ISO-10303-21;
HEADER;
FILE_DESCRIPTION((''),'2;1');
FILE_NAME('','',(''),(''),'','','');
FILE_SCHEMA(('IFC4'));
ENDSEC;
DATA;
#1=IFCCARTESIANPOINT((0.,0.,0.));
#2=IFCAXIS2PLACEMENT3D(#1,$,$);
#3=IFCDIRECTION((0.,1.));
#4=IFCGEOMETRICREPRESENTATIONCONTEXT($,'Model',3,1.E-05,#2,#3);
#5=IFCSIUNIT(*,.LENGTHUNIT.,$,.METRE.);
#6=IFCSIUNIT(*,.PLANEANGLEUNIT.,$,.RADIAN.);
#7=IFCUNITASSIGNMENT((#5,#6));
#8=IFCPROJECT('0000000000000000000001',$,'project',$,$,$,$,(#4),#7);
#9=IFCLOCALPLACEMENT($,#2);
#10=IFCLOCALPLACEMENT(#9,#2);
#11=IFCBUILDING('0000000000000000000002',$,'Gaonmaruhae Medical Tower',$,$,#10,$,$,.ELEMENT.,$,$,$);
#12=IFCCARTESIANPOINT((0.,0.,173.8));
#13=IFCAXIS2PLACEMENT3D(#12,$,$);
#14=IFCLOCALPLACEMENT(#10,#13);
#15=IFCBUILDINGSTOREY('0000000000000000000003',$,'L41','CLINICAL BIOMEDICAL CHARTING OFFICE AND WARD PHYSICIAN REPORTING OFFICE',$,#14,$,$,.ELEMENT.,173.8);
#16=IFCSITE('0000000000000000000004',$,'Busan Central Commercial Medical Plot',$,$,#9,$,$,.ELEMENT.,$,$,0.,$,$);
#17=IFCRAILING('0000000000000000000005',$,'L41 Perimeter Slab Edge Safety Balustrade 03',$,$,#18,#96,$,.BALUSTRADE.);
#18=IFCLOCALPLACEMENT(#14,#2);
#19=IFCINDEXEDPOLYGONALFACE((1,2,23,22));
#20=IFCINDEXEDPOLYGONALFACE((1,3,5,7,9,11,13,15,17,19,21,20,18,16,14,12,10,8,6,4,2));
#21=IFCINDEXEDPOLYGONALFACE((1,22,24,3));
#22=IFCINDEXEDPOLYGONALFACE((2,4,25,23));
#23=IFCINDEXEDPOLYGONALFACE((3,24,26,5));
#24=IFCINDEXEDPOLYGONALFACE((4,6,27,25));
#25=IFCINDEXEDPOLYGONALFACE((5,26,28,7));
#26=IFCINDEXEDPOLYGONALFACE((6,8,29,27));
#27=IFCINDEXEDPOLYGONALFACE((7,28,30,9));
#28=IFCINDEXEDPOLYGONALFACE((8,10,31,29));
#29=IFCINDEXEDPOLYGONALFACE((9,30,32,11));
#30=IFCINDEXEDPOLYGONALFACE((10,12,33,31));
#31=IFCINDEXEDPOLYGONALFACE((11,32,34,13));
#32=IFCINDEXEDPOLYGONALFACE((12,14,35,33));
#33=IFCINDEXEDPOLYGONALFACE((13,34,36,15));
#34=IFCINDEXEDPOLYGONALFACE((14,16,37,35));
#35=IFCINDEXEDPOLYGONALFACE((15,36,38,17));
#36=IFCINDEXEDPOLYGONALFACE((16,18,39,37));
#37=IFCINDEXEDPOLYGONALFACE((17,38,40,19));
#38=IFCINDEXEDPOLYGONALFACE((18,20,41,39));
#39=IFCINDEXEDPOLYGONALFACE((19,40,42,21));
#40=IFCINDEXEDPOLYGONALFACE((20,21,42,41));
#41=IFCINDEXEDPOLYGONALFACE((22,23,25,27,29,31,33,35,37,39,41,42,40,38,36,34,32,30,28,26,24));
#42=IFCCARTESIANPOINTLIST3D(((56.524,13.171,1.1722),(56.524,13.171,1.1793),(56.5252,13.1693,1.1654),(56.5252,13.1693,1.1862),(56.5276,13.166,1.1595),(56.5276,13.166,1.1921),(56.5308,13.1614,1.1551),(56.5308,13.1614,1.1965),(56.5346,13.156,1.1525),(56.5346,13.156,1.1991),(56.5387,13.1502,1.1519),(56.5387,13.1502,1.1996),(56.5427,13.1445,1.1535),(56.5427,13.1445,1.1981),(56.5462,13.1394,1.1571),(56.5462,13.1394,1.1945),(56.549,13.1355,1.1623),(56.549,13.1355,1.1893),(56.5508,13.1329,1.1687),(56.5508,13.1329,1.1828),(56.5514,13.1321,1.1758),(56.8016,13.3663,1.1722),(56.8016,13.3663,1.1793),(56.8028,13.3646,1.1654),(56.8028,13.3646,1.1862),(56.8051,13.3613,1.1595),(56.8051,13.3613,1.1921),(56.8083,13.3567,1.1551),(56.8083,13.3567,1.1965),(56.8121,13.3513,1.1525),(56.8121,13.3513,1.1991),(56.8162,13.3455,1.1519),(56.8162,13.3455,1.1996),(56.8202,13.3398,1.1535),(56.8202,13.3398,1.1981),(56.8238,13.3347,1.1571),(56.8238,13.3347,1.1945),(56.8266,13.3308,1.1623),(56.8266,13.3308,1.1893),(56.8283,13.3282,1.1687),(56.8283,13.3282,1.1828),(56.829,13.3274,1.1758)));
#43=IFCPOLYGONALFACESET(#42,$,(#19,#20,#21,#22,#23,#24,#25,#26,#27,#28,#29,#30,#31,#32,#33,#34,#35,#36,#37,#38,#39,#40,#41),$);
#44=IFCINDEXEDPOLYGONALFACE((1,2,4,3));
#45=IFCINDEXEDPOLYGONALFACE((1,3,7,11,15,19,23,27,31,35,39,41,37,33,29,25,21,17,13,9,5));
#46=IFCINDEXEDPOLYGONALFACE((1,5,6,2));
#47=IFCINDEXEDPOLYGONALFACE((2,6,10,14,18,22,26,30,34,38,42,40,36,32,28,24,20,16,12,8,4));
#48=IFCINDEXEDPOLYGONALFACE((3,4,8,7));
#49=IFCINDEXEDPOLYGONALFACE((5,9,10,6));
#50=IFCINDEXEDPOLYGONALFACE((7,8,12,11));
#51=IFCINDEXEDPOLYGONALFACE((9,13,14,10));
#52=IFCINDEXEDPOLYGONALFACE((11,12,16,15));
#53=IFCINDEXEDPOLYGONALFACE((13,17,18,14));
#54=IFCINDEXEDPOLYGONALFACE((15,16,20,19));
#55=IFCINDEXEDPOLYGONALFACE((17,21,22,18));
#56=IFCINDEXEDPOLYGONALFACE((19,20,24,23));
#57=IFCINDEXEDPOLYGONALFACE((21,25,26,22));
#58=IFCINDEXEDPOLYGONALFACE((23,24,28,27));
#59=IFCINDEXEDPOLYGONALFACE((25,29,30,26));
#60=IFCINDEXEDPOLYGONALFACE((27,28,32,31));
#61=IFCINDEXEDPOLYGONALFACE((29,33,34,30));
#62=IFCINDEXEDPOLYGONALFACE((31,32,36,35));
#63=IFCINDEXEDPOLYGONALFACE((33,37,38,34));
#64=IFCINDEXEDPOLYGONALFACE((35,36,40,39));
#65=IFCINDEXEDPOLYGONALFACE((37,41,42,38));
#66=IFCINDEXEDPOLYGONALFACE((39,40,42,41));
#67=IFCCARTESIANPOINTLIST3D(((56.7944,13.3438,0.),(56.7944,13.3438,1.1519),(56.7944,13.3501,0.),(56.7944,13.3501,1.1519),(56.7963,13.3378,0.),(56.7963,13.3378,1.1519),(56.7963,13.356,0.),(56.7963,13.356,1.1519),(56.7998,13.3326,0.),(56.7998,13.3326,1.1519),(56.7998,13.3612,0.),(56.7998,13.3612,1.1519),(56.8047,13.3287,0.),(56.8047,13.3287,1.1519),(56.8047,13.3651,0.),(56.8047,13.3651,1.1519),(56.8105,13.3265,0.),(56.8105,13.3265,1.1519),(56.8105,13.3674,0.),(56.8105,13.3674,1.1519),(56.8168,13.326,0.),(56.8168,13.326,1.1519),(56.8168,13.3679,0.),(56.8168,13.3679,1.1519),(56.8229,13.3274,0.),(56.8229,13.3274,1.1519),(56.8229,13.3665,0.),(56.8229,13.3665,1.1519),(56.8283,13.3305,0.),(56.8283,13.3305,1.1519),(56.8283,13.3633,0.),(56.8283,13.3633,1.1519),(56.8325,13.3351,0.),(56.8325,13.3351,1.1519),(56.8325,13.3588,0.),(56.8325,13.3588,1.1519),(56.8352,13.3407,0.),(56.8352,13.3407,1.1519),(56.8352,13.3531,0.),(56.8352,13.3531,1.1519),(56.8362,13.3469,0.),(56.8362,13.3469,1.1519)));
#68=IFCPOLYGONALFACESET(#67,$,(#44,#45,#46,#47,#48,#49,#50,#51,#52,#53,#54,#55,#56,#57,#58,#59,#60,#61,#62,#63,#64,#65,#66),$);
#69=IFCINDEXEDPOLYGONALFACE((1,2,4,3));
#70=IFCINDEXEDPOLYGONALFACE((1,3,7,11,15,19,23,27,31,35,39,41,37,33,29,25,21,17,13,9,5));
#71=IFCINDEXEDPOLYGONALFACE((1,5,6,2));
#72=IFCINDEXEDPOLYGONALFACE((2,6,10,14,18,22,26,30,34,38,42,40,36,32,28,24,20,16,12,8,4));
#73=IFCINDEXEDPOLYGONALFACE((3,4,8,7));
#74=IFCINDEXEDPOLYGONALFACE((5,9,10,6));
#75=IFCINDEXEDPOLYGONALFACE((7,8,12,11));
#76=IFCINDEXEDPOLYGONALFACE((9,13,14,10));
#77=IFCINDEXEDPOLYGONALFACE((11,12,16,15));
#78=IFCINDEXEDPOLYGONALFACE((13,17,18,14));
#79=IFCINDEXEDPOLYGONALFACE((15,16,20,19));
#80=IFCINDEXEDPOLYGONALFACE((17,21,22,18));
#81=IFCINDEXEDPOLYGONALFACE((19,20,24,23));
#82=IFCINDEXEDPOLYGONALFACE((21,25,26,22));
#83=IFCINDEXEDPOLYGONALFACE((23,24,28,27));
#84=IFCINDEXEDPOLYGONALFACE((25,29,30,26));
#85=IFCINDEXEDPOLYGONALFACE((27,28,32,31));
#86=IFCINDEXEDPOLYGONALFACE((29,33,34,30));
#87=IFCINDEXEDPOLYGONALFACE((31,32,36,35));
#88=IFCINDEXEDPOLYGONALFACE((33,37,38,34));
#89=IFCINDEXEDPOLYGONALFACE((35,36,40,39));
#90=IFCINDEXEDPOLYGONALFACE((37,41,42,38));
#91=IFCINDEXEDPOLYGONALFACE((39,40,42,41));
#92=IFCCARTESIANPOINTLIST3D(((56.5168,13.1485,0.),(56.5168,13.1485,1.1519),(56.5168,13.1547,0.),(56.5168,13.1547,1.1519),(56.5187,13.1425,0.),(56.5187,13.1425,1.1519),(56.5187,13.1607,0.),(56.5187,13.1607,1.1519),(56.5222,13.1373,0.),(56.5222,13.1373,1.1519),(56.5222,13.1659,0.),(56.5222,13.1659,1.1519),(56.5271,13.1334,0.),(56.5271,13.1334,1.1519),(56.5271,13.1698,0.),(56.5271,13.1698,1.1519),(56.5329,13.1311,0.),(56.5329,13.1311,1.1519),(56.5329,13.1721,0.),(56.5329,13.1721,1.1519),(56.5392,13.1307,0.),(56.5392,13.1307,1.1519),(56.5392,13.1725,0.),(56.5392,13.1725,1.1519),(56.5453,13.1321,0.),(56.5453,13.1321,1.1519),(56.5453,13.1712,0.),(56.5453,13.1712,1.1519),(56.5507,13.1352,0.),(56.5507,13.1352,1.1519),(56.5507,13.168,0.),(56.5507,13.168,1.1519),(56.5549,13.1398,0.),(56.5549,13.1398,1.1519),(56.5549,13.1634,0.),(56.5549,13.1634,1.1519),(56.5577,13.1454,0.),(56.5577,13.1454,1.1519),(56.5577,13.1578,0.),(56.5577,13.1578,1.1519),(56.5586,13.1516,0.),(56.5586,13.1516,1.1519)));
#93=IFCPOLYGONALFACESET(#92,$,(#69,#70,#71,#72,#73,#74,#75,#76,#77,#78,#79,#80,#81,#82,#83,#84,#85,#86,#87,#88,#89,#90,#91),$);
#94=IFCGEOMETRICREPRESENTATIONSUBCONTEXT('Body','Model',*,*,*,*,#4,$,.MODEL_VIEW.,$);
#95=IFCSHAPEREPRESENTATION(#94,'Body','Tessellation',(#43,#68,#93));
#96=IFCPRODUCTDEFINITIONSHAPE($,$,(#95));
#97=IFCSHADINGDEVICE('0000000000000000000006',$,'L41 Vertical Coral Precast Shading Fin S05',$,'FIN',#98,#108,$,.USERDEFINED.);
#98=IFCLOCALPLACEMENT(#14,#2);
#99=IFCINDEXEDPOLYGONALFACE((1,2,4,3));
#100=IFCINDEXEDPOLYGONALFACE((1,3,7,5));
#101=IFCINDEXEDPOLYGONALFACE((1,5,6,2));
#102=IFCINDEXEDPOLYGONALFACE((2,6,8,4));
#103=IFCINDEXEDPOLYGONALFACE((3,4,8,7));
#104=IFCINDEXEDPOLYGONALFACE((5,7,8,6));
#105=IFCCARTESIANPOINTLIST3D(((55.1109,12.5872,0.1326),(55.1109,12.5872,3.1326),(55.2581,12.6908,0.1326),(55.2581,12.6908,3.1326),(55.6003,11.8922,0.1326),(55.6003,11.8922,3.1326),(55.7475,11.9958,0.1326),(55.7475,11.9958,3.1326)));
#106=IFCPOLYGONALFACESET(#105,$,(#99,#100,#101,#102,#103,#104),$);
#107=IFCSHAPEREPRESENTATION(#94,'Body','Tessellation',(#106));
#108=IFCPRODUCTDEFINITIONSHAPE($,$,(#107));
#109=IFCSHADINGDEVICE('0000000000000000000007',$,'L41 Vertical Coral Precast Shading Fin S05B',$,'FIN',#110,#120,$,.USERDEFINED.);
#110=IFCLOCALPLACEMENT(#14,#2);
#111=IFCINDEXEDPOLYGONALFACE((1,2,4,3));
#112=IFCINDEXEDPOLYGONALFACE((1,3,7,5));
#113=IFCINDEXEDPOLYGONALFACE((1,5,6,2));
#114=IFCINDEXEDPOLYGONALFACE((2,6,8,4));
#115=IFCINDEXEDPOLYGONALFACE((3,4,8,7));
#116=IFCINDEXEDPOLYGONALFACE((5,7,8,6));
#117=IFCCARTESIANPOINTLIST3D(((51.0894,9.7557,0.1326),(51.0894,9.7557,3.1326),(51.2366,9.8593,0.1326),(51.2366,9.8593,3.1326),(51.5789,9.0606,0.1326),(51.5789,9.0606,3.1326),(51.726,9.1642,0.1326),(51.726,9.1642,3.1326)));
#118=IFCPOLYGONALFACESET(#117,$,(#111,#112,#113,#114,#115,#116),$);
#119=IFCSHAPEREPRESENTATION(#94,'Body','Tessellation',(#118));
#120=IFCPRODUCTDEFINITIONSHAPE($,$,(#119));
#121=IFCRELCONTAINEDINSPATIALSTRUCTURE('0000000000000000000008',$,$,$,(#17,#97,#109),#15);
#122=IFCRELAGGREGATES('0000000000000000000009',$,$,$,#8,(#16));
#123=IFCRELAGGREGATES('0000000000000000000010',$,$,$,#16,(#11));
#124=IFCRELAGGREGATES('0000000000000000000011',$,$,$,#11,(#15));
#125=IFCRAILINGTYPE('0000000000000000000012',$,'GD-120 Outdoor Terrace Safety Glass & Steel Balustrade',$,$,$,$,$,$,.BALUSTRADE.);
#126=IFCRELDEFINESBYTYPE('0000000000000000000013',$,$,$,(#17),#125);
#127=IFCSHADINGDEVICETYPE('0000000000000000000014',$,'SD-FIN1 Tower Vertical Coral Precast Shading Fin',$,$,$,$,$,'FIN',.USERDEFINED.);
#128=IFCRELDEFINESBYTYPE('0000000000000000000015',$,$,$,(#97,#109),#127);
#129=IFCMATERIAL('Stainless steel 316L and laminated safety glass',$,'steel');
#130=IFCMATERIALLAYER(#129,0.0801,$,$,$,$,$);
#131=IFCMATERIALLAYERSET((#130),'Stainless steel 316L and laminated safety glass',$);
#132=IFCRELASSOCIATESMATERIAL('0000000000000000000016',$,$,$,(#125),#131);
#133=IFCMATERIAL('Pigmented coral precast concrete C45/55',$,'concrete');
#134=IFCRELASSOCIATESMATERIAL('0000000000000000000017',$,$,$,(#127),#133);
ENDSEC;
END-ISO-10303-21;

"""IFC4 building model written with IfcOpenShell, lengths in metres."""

from ifc_helpers import new_model, si_unit, direction, frame, origin, origin_2d, place, context, subcontext, project, spatial, rectangle, circle, extrude, material, layer, layer_set, type_object, element, save


model = new_model("IFC4")

# Units and contexts
model_context = context("Model", 3, precision=1e-05, world=origin(), true_north=direction((0.0, 1.0)))
body_context = subcontext(model_context, "Body", "Model", "MODEL_VIEW")
ifc_project = project(units=[si_unit("LENGTHUNIT", "METRE"), si_unit("PLANEANGLEUNIT", "RADIAN")], contexts=[model_context])

# Site, building, storey
site_placement = place(None, origin())
site = spatial("IfcSite", under=ifc_project, at=site_placement, Name="Busan Central Commercial Medical Plot", CompositionType="ELEMENT", RefElevation=0.0)
building_placement = place(site_placement, origin())
building = spatial("IfcBuilding", under=site, at=building_placement, Name="Gaonmaruhae Medical Tower", CompositionType="ELEMENT")
storey_placement = place(building_placement, frame((0.0, 0.0, 173.8)))
storey = spatial("IfcBuildingStorey", under=building, at=storey_placement, Name="L41", Description="CLINICAL BIOMEDICAL CHARTING OFFICE AND WARD PHYSICIAN REPORTING OFFICE", CompositionType="ELEMENT", Elevation=173.8)

# Railing
ifc_material_1 = material(Name="Stainless steel 316L and laminated safety glass", Category="steel")
ifc_layer_1 = layer(ifc_material_1, 0.0801)
ifc_layer_set_1 = layer_set([ifc_layer_1], Name="Stainless steel 316L and laminated safety glass")
railing_type = type_object("IfcRailingType", Name="GD-120 Outdoor Terrace Safety Glass & Steel Balustrade", PredefinedType="BALUSTRADE", material=ifc_layer_set_1)
railing_placement = place(storey_placement, frame((56.8152, 13.3469, 0.0)))
element("IfcRailing", 1, at=railing_placement, inside=storey, type_object=railing_type, Name="L41 Perimeter Slab Edge Safety Balustrade 03", PredefinedType="BALUSTRADE", context=body_context, shape_type="SweptSolid", body=[
    extrude(circle(Radius=0.0239, at=origin_2d()), frame((0.0, 0.0, 1.1758), z_axis=(-0.817844, -0.57544, 0.0), x_axis=(0.57544, -0.817844, 0.0)), (0.0, 0.0, 1.0), 0.3394),
    extrude(circle(Radius=0.021, at=origin_2d()), origin(), (0.0, 0.0, 1.0), 1.1519),
    extrude(circle(Radius=0.021, at=origin_2d()), frame((-0.2776, -0.1953, 0.0)), (0.0, 0.0, 1.0), 1.1519),
])

# Shading devices
ifc_material_2 = material(Name="Pigmented coral precast concrete C45/55", Category="concrete")
shading_device_type = type_object("IfcShadingDeviceType", Name="SD-FIN1 Tower Vertical Coral Precast Shading Fin", ElementType="FIN", PredefinedType="USERDEFINED", material=ifc_material_2)
for number, where, z_axis, x_axis, name in (
    (2, (55.4292, 12.2915, 0.1326), (0.0, 0.0, 1.0), (-0.817648, -0.575719, 0.0), "L41 Vertical Coral Precast Shading Fin S05"),
    (3, (51.4077, 9.46, 0.1326), (0.0, 0.0, 1.0), (-0.817648, -0.575719, 0.0), "L41 Vertical Coral Precast Shading Fin S05B"),
):
    element("IfcShadingDevice", number, at=place(storey_placement, frame(where, z_axis=z_axis, x_axis=x_axis)), inside=storey, type_object=shading_device_type, Name=name, ObjectType="FIN", PredefinedType="USERDEFINED", context=body_context, shape_type="SweptSolid", body=[
        extrude(rectangle(XDim=0.1799, YDim=0.8501, at=origin_2d()), origin(), (0.0, 0.0, 1.0), 3.0),
    ])

save(model, "model.ifc")
